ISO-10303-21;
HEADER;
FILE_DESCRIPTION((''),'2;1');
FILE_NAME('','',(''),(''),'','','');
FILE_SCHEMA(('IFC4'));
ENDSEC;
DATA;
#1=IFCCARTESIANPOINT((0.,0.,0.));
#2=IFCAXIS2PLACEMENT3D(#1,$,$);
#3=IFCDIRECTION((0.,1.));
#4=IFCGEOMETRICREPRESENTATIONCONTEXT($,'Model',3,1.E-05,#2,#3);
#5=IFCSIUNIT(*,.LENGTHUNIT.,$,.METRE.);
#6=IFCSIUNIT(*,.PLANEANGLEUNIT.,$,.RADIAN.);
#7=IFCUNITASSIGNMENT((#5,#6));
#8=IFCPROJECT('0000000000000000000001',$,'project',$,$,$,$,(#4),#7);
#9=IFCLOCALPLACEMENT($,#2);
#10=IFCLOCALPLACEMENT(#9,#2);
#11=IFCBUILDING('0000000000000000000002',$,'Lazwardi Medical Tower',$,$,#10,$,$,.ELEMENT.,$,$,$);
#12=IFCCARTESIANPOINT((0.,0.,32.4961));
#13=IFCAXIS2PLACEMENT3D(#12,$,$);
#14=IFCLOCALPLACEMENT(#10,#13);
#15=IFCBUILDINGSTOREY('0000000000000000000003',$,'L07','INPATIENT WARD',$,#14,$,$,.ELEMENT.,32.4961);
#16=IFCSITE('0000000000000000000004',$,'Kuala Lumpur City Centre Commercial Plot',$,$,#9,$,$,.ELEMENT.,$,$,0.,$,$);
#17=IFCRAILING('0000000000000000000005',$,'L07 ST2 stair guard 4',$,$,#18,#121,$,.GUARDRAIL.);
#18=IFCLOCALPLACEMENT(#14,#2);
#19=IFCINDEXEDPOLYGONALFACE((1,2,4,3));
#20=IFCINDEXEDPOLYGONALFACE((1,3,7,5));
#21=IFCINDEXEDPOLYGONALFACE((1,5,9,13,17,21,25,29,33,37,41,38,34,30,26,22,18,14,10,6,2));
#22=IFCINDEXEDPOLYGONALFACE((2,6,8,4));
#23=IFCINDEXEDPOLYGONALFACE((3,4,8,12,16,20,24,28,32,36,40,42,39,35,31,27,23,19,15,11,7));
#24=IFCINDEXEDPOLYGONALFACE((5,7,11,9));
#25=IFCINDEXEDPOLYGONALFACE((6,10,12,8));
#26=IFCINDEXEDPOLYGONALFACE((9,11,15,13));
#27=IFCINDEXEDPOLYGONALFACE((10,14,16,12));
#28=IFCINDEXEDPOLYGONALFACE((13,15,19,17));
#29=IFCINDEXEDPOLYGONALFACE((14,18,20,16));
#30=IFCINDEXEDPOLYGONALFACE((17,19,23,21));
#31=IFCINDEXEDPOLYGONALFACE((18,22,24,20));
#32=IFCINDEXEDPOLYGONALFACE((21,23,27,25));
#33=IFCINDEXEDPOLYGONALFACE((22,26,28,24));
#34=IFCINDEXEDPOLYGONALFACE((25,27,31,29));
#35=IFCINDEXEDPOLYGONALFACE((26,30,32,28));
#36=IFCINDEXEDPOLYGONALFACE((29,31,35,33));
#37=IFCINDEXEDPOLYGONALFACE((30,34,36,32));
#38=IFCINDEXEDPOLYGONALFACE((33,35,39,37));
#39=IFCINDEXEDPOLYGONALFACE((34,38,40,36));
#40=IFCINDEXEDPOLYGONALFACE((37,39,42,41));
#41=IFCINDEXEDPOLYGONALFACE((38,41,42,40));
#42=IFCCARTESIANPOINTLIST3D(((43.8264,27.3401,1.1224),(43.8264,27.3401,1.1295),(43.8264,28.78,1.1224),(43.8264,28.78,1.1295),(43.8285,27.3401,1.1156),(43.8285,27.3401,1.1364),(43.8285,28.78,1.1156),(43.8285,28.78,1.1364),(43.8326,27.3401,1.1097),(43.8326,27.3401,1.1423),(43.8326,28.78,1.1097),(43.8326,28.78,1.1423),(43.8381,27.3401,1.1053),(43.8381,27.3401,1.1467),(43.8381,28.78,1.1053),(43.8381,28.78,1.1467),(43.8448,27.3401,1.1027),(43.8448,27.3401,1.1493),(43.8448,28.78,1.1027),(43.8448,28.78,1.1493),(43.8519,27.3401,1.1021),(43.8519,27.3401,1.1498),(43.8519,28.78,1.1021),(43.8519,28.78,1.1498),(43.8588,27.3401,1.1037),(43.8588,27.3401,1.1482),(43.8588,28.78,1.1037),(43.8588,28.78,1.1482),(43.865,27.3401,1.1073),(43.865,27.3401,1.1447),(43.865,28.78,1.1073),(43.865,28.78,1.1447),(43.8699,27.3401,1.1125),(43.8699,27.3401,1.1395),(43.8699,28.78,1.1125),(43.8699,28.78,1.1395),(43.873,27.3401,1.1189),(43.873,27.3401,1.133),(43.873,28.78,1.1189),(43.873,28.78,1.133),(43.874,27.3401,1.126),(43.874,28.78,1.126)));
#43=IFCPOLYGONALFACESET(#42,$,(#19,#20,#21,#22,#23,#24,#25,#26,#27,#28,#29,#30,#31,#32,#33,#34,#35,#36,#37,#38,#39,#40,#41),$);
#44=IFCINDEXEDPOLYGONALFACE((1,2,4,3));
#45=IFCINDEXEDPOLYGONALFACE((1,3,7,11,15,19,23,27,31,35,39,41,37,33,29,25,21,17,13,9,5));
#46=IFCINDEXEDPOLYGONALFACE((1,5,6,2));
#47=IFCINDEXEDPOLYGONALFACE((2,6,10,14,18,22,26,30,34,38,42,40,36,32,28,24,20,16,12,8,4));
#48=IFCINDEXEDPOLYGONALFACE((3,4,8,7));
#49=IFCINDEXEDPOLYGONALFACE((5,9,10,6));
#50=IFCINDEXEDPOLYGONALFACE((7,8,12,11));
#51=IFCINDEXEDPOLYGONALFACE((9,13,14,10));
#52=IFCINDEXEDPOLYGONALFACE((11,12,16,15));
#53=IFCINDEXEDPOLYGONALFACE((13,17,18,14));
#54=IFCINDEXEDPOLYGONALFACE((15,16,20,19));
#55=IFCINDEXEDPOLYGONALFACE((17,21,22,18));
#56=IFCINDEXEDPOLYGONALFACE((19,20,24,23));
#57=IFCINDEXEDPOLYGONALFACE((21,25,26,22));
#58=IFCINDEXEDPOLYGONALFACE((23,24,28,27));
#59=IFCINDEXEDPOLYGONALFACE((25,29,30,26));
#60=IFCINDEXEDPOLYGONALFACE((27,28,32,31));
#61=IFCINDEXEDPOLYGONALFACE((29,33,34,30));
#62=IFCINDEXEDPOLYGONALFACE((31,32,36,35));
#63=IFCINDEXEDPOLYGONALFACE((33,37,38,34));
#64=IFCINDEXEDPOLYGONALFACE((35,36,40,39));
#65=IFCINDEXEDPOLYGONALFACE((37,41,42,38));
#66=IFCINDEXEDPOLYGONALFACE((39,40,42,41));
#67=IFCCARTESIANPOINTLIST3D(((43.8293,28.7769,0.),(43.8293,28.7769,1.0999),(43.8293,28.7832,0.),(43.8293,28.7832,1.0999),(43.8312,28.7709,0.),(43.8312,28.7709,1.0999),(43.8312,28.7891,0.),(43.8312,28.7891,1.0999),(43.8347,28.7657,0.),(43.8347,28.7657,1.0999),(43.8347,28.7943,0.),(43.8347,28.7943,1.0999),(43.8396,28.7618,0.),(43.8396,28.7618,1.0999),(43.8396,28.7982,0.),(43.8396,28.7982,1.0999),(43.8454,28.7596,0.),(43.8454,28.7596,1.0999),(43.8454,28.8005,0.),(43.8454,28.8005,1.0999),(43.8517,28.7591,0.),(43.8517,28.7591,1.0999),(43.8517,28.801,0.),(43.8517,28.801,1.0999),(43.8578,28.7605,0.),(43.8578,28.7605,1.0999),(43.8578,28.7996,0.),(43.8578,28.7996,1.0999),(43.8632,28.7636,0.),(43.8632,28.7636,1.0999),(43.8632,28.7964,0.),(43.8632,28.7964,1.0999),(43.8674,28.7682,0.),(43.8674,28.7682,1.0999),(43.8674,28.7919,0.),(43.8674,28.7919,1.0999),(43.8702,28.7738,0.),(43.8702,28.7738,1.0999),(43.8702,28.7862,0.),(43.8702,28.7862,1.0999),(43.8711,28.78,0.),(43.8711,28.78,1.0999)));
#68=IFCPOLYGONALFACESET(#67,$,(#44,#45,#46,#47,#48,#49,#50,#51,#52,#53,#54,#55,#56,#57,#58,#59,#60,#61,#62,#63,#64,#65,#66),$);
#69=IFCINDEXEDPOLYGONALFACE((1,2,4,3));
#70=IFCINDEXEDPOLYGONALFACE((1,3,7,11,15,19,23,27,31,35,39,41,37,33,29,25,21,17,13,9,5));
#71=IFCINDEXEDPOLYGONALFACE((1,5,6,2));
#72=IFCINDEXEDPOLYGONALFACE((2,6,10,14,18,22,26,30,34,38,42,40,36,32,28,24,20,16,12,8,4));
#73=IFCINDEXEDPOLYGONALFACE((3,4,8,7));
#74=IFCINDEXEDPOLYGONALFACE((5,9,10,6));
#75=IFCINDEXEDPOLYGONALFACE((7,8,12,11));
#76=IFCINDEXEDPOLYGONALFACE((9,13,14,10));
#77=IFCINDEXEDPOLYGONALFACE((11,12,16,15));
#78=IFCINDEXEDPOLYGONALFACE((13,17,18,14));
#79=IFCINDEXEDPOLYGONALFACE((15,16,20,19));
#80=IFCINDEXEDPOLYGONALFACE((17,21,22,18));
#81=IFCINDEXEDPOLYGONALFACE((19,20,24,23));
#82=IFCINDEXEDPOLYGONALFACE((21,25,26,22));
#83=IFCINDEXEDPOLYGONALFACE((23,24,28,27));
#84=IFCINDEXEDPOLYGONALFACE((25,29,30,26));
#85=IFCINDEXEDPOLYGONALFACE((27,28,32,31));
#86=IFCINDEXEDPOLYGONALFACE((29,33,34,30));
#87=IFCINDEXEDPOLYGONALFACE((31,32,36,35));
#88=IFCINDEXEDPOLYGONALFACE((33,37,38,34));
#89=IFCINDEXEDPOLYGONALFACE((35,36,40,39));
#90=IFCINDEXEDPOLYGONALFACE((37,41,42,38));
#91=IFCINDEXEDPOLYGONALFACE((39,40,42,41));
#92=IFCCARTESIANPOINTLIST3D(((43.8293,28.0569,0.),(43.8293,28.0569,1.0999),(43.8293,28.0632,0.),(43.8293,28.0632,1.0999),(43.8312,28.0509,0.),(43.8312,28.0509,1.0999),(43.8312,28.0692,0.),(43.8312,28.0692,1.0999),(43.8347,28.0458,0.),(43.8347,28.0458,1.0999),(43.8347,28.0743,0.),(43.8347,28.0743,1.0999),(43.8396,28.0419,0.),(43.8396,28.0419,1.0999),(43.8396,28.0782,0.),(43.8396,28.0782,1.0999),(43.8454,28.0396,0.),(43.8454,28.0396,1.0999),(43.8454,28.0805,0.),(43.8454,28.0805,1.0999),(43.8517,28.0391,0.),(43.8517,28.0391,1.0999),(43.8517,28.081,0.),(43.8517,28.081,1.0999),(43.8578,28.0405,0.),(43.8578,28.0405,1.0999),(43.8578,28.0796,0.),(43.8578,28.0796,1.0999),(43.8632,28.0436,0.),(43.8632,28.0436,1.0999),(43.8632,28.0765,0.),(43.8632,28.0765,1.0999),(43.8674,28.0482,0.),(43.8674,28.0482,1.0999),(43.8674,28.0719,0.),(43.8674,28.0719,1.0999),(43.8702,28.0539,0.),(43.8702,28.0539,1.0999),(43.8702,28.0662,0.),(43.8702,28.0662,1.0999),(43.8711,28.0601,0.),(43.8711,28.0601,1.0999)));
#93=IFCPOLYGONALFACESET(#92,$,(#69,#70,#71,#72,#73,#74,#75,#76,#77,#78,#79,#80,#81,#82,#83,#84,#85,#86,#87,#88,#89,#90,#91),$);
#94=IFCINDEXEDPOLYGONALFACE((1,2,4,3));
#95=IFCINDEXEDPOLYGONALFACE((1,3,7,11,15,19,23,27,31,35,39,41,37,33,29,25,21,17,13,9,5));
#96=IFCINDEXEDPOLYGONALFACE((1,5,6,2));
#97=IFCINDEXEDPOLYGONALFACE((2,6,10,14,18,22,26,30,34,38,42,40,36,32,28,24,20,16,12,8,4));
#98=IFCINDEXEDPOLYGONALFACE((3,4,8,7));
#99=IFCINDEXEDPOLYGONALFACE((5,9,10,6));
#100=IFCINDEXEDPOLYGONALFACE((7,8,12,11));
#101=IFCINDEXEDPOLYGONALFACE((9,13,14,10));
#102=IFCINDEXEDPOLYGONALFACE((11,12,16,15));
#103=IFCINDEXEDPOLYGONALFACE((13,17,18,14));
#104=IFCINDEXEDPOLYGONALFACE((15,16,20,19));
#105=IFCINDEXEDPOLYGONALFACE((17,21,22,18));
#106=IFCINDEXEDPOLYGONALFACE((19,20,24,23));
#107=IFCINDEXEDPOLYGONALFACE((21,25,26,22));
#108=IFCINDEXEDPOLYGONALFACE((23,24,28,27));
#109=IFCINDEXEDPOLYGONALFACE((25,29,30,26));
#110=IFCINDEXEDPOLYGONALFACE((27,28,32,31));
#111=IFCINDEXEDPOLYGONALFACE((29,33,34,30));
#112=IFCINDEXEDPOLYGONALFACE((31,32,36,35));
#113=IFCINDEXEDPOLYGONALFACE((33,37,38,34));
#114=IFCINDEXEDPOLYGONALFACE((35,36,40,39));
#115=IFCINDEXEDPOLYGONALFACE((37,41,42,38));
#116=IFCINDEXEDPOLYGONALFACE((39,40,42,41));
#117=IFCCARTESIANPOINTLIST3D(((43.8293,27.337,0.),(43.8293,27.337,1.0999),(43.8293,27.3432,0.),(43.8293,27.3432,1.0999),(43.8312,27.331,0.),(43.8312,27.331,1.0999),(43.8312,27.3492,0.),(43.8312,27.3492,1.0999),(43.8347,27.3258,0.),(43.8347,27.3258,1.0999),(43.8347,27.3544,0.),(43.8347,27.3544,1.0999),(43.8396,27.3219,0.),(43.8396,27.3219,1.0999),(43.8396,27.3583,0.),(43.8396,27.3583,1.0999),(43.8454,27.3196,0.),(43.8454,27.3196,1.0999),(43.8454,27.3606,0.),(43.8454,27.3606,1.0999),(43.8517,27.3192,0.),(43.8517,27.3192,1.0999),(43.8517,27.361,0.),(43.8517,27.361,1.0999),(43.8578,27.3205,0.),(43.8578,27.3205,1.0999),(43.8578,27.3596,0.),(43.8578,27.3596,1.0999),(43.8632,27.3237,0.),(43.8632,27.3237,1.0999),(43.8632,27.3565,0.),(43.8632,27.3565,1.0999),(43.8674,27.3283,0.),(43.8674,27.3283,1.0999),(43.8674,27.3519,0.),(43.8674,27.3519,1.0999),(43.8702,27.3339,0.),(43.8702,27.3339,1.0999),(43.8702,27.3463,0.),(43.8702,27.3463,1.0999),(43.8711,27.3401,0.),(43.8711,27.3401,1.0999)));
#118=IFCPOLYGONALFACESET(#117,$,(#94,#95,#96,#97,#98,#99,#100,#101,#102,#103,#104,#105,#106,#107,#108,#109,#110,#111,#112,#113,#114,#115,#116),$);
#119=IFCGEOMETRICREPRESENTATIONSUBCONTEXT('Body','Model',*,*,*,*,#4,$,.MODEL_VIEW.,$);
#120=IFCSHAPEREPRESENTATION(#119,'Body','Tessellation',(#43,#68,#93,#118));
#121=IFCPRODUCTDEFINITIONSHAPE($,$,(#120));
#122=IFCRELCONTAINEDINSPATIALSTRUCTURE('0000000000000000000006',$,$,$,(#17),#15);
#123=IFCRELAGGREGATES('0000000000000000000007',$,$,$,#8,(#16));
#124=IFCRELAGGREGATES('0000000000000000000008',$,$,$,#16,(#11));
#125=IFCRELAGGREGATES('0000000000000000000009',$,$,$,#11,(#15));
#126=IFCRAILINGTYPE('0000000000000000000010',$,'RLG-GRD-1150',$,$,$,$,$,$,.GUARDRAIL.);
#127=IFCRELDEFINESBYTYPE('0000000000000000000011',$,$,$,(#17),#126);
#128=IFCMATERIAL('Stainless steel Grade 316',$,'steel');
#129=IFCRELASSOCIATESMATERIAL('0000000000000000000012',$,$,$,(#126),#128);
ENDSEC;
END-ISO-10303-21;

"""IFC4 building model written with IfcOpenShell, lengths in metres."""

from ifc_helpers import new_model, si_unit, direction, frame, origin, origin_2d, place, context, subcontext, project, spatial, circle, extrude, material, type_object, element, save


model = new_model("IFC4")

# Units and contexts
model_context = context("Model", 3, precision=1e-05, world=origin(), true_north=direction((0.0, 1.0)))
body_context = subcontext(model_context, "Body", "Model", "MODEL_VIEW")
ifc_project = project(units=[si_unit("LENGTHUNIT", "METRE"), si_unit("PLANEANGLEUNIT", "RADIAN")], contexts=[model_context])

# Site, building, storey
site_placement = place(None, origin())
site = spatial("IfcSite", under=ifc_project, at=site_placement, Name="Kuala Lumpur City Centre Commercial Plot", CompositionType="ELEMENT", RefElevation=0.0)
building_placement = place(site_placement, origin())
building = spatial("IfcBuilding", under=site, at=building_placement, Name="Lazwardi Medical Tower", CompositionType="ELEMENT")
storey_placement = place(building_placement, frame((0.0, 0.0, 32.4961)))
storey = spatial("IfcBuildingStorey", under=building, at=storey_placement, Name="L07", Description="INPATIENT WARD", CompositionType="ELEMENT", Elevation=32.4961)

# Railing
ifc_material_1 = material(Name="Stainless steel Grade 316", Category="steel")
railing_type_1 = type_object("IfcRailingType", Name="RLG-GRD-1150", PredefinedType="GUARDRAIL", material=ifc_material_1)
railing_1_placement = place(storey_placement, frame((43.8501, 28.78, 0.0)))
element("IfcRailing", 1, at=railing_1_placement, inside=storey, type_object=railing_type_1, Name="L07 ST2 stair guard 4", PredefinedType="GUARDRAIL", context=body_context, shape_type="SweptSolid", body=[
    extrude(circle(Radius=0.0239, at=origin_2d()), frame((0.0, 0.0, 1.126), z_axis=(0.0, -1.0, 0.0), x_axis=(1.0, 0.0, 0.0)), (0.0, 0.0, 1.0), 1.4399),
    extrude(circle(Radius=0.021, at=origin_2d()), origin(), (0.0, 0.0, 1.0), 1.0999),
    extrude(circle(Radius=0.021, at=origin_2d()), frame((0.0, -0.72, 0.0)), (0.0, 0.0, 1.0), 1.0999),
    extrude(circle(Radius=0.021, at=origin_2d()), frame((0.0, -1.4399, 0.0)), (0.0, 0.0, 1.0), 1.0999),
])

save(model, "model.ifc")
